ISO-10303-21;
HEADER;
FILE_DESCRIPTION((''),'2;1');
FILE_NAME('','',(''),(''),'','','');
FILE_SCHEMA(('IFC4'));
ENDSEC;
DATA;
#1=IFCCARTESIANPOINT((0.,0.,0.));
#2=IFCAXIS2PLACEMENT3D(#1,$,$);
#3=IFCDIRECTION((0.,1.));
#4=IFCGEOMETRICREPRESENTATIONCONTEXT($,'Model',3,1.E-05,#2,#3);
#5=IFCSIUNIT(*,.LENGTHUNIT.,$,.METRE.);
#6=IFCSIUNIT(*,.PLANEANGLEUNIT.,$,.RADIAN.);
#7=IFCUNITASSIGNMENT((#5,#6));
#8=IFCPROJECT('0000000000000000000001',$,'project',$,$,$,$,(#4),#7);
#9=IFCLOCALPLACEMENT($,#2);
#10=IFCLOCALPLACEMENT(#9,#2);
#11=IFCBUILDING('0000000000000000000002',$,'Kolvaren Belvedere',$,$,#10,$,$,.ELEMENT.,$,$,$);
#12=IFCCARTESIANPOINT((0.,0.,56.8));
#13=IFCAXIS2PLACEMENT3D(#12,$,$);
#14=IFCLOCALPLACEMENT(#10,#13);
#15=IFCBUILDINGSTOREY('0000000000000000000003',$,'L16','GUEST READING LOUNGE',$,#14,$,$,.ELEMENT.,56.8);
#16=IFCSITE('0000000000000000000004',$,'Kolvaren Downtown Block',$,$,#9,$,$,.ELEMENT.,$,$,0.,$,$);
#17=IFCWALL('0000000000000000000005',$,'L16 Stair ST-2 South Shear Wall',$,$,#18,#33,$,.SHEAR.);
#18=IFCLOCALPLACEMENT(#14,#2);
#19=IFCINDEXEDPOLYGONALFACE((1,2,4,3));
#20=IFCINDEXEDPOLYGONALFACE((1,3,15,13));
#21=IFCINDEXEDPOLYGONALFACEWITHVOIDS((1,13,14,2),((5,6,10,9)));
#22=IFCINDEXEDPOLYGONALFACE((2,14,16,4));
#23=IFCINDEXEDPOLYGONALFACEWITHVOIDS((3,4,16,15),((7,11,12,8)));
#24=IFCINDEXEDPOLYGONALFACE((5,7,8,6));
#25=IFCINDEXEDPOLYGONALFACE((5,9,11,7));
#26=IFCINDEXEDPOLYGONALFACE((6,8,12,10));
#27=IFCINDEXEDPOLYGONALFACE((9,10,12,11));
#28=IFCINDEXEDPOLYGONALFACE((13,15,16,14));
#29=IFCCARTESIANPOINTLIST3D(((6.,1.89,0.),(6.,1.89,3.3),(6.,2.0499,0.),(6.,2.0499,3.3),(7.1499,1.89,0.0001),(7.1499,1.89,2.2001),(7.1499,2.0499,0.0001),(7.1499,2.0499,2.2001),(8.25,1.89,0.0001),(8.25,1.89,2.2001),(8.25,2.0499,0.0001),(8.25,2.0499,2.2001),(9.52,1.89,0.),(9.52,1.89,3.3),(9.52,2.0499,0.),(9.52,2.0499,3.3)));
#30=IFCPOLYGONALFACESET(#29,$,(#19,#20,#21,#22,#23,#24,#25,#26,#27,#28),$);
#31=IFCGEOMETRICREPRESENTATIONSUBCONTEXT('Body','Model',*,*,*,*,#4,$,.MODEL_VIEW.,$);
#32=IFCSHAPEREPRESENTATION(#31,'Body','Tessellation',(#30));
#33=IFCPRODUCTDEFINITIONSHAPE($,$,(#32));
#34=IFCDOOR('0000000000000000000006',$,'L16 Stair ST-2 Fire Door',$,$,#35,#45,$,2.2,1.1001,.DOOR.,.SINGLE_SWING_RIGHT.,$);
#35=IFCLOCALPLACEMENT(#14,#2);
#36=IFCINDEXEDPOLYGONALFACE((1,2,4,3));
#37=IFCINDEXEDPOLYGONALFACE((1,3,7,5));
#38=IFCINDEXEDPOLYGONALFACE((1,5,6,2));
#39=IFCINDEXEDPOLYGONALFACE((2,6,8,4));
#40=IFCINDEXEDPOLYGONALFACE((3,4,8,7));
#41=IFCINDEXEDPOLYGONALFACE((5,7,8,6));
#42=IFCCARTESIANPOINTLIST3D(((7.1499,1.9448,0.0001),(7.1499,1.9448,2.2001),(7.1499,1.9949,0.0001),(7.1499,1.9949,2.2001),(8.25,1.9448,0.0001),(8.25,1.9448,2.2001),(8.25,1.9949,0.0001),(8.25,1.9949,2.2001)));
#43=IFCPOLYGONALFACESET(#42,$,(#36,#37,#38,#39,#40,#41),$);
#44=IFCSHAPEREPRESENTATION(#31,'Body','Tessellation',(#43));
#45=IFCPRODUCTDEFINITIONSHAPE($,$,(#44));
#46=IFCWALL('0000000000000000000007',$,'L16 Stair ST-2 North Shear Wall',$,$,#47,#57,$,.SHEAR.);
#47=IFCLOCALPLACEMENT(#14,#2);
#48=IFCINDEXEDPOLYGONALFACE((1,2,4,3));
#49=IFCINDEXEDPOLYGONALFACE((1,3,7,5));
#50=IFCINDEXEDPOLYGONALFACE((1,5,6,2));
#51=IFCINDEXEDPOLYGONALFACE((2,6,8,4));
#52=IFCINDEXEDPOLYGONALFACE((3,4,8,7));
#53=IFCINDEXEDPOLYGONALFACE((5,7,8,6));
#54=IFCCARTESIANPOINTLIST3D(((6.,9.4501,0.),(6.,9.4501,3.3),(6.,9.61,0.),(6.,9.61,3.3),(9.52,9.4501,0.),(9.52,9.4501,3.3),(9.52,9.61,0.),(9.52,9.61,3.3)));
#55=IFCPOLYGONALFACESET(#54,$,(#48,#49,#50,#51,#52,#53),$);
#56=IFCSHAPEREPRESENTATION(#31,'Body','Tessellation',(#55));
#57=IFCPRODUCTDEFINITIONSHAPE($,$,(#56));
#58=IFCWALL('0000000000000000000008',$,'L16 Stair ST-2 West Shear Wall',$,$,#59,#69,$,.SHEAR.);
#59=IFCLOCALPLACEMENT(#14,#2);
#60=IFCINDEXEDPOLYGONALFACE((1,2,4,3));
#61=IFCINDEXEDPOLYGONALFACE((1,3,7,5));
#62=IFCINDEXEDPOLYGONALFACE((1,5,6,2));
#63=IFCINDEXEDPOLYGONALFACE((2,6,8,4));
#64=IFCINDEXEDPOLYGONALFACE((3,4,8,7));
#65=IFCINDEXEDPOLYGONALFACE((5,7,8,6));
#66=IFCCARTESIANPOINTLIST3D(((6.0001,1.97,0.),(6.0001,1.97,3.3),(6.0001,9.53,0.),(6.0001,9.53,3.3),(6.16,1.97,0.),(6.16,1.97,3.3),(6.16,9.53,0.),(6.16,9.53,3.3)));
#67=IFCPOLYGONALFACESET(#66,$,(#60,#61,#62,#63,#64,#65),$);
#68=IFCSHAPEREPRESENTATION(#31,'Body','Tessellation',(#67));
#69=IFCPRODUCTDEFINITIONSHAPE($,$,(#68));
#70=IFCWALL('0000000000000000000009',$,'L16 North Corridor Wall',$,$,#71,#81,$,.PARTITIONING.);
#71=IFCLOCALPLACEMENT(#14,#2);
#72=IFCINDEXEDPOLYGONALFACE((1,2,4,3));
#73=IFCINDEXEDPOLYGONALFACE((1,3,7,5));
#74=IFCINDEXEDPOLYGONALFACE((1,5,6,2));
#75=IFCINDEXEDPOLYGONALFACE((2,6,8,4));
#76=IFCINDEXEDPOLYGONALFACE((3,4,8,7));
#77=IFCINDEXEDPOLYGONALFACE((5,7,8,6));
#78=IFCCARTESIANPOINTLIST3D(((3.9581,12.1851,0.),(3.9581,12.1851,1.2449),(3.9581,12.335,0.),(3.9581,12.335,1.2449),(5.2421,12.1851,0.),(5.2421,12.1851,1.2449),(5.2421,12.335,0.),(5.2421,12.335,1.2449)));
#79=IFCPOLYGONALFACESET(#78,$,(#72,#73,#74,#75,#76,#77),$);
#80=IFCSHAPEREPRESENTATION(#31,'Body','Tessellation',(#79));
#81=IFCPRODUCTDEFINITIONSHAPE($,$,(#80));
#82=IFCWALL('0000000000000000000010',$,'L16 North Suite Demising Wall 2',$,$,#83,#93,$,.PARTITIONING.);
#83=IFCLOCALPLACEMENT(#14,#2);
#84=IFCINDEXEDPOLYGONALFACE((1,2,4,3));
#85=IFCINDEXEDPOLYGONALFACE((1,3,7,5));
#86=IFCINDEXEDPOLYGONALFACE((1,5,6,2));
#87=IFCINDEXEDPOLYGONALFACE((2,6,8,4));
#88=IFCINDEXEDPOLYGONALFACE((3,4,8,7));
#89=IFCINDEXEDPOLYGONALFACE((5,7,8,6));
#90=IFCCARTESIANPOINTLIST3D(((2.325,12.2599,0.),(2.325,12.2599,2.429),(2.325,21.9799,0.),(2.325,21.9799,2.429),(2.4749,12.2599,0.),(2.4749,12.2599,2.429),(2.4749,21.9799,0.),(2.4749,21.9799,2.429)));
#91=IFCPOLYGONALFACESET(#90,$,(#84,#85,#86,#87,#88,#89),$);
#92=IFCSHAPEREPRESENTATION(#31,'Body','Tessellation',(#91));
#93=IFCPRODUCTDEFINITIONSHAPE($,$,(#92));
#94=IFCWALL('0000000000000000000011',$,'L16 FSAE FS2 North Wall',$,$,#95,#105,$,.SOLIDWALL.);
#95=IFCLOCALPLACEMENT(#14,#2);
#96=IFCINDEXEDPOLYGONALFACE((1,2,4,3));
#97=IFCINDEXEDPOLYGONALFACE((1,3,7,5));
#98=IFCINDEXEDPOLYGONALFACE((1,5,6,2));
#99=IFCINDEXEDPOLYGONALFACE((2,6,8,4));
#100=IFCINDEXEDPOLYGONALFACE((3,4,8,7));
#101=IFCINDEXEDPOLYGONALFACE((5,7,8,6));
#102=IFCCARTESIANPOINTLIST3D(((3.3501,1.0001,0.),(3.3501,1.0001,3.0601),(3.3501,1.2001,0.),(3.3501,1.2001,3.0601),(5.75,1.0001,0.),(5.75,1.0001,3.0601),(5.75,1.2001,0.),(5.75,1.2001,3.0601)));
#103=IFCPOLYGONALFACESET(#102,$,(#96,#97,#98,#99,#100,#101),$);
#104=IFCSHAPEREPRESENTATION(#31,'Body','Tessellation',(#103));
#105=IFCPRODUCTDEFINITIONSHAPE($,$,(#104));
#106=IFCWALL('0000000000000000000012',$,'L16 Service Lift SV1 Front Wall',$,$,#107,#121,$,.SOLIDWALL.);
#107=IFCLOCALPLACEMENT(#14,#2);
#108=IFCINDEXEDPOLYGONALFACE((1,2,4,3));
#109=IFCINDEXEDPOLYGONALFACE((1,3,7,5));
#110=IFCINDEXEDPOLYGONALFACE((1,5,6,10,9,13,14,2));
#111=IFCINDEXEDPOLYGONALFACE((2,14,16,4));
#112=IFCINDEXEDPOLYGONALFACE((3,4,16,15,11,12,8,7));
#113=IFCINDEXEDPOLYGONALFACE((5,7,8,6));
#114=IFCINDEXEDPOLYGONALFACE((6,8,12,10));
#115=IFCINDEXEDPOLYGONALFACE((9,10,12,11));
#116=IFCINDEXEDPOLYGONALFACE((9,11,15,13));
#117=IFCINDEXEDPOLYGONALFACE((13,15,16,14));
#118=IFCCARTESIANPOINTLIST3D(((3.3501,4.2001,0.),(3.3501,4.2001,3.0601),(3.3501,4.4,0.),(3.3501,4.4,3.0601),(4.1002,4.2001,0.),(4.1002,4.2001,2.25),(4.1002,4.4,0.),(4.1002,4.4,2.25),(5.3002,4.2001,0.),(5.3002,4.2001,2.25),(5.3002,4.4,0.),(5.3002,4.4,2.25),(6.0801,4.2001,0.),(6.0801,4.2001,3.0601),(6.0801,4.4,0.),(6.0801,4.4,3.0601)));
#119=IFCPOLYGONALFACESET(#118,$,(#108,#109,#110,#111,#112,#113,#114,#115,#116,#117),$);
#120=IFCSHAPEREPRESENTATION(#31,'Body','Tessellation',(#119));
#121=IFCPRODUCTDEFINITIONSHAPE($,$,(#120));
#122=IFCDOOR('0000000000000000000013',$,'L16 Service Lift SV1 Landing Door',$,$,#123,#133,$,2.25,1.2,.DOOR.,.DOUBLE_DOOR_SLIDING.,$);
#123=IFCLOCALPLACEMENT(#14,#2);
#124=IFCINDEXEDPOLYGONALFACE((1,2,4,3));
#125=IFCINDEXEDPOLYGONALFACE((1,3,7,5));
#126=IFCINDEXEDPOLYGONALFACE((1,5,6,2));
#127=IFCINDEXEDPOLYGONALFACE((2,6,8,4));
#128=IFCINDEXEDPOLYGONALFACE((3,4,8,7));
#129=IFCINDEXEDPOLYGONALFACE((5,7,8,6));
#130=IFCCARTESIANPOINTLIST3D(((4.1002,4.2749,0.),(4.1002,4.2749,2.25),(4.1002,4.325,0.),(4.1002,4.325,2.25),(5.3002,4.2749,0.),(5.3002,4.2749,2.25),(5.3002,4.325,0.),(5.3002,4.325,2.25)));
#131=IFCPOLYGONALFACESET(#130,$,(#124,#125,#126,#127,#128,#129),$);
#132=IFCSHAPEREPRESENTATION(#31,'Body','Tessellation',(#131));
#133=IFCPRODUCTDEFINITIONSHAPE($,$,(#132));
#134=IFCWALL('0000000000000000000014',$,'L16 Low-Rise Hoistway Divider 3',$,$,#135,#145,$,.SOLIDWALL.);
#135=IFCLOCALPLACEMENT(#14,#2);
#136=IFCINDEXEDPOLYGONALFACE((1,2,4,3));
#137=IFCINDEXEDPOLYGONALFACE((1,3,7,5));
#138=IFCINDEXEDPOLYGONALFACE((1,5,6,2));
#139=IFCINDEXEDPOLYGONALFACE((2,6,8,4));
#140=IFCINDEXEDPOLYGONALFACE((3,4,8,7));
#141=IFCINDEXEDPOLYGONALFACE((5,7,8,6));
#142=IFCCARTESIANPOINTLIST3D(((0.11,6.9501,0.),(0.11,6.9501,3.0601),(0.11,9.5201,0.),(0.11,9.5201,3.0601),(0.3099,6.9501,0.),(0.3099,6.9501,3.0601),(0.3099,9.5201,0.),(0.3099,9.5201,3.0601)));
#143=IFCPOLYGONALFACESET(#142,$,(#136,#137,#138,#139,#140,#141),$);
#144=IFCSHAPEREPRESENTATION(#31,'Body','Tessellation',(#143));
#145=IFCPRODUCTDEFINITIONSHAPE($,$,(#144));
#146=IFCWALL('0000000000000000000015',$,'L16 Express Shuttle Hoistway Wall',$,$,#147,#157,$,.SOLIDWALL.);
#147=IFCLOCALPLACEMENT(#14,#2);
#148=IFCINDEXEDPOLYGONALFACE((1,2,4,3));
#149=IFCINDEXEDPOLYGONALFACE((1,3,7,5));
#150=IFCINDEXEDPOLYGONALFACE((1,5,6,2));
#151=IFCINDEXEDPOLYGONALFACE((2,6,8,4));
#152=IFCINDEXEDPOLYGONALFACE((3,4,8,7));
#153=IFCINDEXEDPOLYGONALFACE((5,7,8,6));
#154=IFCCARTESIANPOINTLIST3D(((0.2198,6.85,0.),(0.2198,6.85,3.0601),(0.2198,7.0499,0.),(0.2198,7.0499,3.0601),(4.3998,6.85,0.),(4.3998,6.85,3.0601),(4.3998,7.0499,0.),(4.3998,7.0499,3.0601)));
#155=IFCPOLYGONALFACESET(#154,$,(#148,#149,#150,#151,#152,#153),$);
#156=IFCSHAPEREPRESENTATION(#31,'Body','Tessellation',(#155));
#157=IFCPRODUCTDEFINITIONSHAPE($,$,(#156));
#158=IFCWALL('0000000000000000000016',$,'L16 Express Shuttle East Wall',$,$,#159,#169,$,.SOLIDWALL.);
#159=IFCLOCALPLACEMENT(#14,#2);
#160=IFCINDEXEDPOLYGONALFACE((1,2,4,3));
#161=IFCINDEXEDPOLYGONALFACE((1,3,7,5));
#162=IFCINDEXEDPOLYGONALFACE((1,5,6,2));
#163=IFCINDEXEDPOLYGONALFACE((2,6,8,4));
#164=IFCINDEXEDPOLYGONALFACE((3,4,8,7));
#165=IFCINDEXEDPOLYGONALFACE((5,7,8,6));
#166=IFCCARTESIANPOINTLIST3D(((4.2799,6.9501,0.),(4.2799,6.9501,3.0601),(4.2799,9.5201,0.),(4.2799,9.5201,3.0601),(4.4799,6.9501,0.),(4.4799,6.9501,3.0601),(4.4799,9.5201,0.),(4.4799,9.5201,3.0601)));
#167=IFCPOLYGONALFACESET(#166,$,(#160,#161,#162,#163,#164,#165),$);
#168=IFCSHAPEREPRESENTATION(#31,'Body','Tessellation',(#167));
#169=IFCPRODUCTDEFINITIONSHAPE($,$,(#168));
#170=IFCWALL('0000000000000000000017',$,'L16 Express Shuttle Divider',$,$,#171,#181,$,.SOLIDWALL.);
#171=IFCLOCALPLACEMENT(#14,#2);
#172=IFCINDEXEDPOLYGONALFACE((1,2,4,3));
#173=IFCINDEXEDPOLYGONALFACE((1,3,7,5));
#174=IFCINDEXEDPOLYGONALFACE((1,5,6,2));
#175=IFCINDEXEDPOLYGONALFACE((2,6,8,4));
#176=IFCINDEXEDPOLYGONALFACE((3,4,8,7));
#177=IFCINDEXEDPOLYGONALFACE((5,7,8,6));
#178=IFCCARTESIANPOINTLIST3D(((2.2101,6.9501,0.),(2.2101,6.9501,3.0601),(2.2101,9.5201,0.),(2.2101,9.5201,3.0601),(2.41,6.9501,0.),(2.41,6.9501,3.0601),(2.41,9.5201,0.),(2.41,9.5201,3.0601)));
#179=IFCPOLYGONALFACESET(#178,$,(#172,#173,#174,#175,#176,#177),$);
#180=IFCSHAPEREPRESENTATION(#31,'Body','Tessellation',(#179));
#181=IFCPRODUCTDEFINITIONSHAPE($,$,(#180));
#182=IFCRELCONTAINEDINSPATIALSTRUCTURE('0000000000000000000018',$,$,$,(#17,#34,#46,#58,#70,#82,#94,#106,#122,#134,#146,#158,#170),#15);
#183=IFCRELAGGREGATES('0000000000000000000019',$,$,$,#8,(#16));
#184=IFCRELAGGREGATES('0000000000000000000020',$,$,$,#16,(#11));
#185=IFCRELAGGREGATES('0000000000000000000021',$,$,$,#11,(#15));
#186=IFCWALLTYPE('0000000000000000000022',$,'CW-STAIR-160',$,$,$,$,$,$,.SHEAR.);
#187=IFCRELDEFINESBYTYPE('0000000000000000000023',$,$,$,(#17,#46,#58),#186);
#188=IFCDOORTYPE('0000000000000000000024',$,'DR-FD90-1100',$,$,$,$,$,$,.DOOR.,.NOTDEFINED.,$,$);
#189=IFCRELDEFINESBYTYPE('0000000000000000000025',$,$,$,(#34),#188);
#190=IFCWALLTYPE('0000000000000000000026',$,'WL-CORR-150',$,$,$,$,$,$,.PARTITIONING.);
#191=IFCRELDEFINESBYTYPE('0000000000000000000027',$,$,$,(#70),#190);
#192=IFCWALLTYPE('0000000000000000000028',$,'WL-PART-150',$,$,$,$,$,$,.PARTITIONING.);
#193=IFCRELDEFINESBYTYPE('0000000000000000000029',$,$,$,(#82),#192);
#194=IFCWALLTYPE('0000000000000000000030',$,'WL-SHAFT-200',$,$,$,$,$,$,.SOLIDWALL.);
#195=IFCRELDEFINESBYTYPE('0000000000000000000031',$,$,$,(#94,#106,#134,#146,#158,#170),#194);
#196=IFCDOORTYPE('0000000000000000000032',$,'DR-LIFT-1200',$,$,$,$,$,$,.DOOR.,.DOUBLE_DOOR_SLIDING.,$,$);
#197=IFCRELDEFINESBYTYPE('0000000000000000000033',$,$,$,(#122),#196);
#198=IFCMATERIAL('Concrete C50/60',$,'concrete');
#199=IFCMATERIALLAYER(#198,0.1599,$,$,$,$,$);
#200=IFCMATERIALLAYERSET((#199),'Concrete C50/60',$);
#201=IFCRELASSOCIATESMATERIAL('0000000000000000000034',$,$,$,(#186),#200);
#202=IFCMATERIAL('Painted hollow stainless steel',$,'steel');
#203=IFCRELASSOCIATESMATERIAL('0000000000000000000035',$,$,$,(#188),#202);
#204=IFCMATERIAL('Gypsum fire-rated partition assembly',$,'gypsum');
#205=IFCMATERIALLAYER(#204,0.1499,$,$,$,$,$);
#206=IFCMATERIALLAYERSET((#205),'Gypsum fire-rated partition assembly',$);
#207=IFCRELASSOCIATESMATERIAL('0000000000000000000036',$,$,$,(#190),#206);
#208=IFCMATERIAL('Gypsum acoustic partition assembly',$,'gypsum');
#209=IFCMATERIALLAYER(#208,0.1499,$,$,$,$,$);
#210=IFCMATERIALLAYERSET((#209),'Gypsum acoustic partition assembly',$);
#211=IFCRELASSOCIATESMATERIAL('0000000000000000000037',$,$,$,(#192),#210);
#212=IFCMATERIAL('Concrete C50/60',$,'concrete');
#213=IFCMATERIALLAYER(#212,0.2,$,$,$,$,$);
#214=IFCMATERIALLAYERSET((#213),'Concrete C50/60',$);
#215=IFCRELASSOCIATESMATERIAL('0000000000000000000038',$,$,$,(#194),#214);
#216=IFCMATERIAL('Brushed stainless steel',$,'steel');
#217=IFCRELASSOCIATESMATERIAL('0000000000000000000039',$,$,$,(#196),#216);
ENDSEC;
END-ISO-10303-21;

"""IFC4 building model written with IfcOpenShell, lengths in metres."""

from ifc_helpers import new_model, si_unit, direction, frame, frame_2d, origin, place, context, subcontext, project, spatial, rectangle, extrude, material, layer, layer_set, type_object, element, fill, save


model = new_model("IFC4")

# Units and contexts
model_context = context("Model", 3, precision=1e-05, world=origin(), true_north=direction((0.0, 1.0)))
body_context = subcontext(model_context, "Body", "Model", "MODEL_VIEW")
ifc_project = project(units=[si_unit("LENGTHUNIT", "METRE"), si_unit("PLANEANGLEUNIT", "RADIAN")], contexts=[model_context])

# Site, building, storey
site_placement = place(None, origin())
site = spatial("IfcSite", under=ifc_project, at=site_placement, Name="Kolvaren Downtown Block", CompositionType="ELEMENT", RefElevation=0.0)
building_placement = place(site_placement, origin())
building = spatial("IfcBuilding", under=site, at=building_placement, Name="Kolvaren Belvedere", CompositionType="ELEMENT")
storey_placement = place(building_placement, frame((0.0, 0.0, 56.8)))
storey = spatial("IfcBuildingStorey", under=building, at=storey_placement, Name="L16", Description="GUEST READING LOUNGE", CompositionType="ELEMENT", Elevation=56.8)

# Wall, opening, door
ifc_material_1 = material(Name="Concrete C50/60", Category="concrete")
ifc_layer_1 = layer(ifc_material_1, 0.1599)
ifc_layer_set_1 = layer_set([ifc_layer_1], Name="Concrete C50/60")
wall_type_1 = type_object("IfcWallType", Name="CW-STAIR-160", PredefinedType="SHEAR", material=ifc_layer_set_1)
wall_1_placement = place(storey_placement, frame((6.0, 1.97, 0.0), z_axis=(0.0, 0.0, 1.0), x_axis=(1.0, 0.0, 0.0)))
wall_1 = element("IfcWall", 1, at=wall_1_placement, inside=storey, type_object=wall_type_1, Name="L16 Stair ST-2 South Shear Wall", PredefinedType="SHEAR", context=body_context, shape_type="SweptSolid", body=[
    extrude(rectangle(XDim=3.52, YDim=0.1599, at=frame_2d((1.76, 0.0))), origin(), (0.0, 0.0, 1.0), 3.3),
])
opening_1_placement = place(wall_1_placement, frame((1.1499, 0.0, 0.0)))
opening_1 = element("IfcOpeningElement", 2, at=opening_1_placement, cuts=wall_1, PredefinedType="OPENING", context=body_context, shape_type="SweptSolid", body=[
    extrude(rectangle(XDim=1.1001, YDim=2.2, at=frame_2d((0.55, 1.1001))), frame((0.0, 0.0898, 0.0), z_axis=(0.0, -1.0, 0.0), x_axis=(1.0, 0.0, 0.0)), (0.0, 0.0, 1.0), 0.1799),
])
ifc_material_2 = material(Name="Painted hollow stainless steel", Category="steel")
door_type_1 = type_object("IfcDoorType", Name="DR-FD90-1100", OperationType="NOTDEFINED", PredefinedType="DOOR", material=ifc_material_2)
door_1_placement = place(opening_1_placement, origin())
door_1 = element("IfcDoor", 3, at=door_1_placement, inside=storey, type_object=door_type_1, Name="L16 Stair ST-2 Fire Door", OperationType="SINGLE_SWING_RIGHT", OverallHeight=2.2, OverallWidth=1.1001, PredefinedType="DOOR", context=body_context, shape_type="SweptSolid", body=[
    extrude(rectangle(XDim=1.1001, YDim=2.2, at=frame_2d((0.55, 1.1001))), frame((0.0, 0.0249, 0.0), z_axis=(0.0, -1.0, 0.0), x_axis=(1.0, 0.0, 0.0)), (0.0, 0.0, 1.0), 0.05),
])
fill(opening_1, door_1)

# Walls
wall_2_placement = place(storey_placement, frame((6.0, 9.53, 0.0), z_axis=(0.0, 0.0, 1.0), x_axis=(1.0, 0.0, 0.0)))
element("IfcWall", 4, at=wall_2_placement, inside=storey, type_object=wall_type_1, Name="L16 Stair ST-2 North Shear Wall", PredefinedType="SHEAR", context=body_context, shape_type="SweptSolid", body=[
    extrude(rectangle(XDim=3.52, YDim=0.1599, at=frame_2d((1.76, 0.0))), origin(), (0.0, 0.0, 1.0), 3.3),
])
wall_3_placement = place(storey_placement, frame((6.0801, 1.97, 0.0), z_axis=(0.0, 0.0, 1.0), x_axis=(0.0, 1.0, 0.0)))
element("IfcWall", 5, at=wall_3_placement, inside=storey, type_object=wall_type_1, Name="L16 Stair ST-2 West Shear Wall", PredefinedType="SHEAR", context=body_context, shape_type="SweptSolid", body=[
    extrude(rectangle(XDim=7.5601, YDim=0.1599, at=frame_2d((3.78, 0.0))), origin(), (0.0, 0.0, 1.0), 3.3),
])
ifc_material_3 = material(Name="Gypsum fire-rated partition assembly", Category="gypsum")
ifc_layer_2 = layer(ifc_material_3, 0.1499)
ifc_layer_set_2 = layer_set([ifc_layer_2], Name="Gypsum fire-rated partition assembly")
wall_type_2 = type_object("IfcWallType", Name="WL-CORR-150", PredefinedType="PARTITIONING", material=ifc_layer_set_2)
wall_4_placement = place(storey_placement, frame((3.958, 12.26, 0.0), z_axis=(0.0, 0.0, 1.0), x_axis=(1.0, 0.0, 0.0)))
element("IfcWall", 6, at=wall_4_placement, inside=storey, type_object=wall_type_2, Name="L16 North Corridor Wall", PredefinedType="PARTITIONING", context=body_context, shape_type="SweptSolid", body=[
    extrude(rectangle(XDim=1.2839, YDim=0.1499, at=frame_2d((0.6421, 0.0))), origin(), (0.0, 0.0, 1.0), 1.2449),
])
ifc_material_4 = material(Name="Gypsum acoustic partition assembly", Category="gypsum")
ifc_layer_3 = layer(ifc_material_4, 0.1499)
ifc_layer_set_3 = layer_set([ifc_layer_3], Name="Gypsum acoustic partition assembly")
wall_type_3 = type_object("IfcWallType", Name="WL-PART-150", PredefinedType="PARTITIONING", material=ifc_layer_set_3)
wall_5_placement = place(storey_placement, frame((2.3999, 12.26, 0.0), z_axis=(0.0, 0.0, 1.0), x_axis=(0.0, 1.0, 0.0)))
element("IfcWall", 7, at=wall_5_placement, inside=storey, type_object=wall_type_3, Name="L16 North Suite Demising Wall 2", PredefinedType="PARTITIONING", context=body_context, shape_type="SweptSolid", body=[
    extrude(rectangle(XDim=9.72, YDim=0.1499, at=frame_2d((4.8599, 0.0))), origin(), (0.0, 0.0, 1.0), 2.429),
])
ifc_material_5 = material(Name="Concrete C50/60", Category="concrete")
ifc_layer_4 = layer(ifc_material_5, 0.2)
ifc_layer_set_4 = layer_set([ifc_layer_4], Name="Concrete C50/60")
wall_type_4 = type_object("IfcWallType", Name="WL-SHAFT-200", PredefinedType="SOLIDWALL", material=ifc_layer_set_4)
wall_6_placement = place(storey_placement, frame((3.3501, 1.1001, 0.0), z_axis=(0.0, 0.0, 1.0), x_axis=(1.0, 0.0, 0.0)))
element("IfcWall", 8, at=wall_6_placement, inside=storey, type_object=wall_type_4, Name="L16 FSAE FS2 North Wall", PredefinedType="SOLIDWALL", context=body_context, shape_type="SweptSolid", body=[
    extrude(rectangle(XDim=2.3999, YDim=0.2, at=frame_2d((1.2, 0.0))), origin(), (0.0, 0.0, 1.0), 3.0601),
])

# Wall, opening, door
wall_7_placement = place(storey_placement, frame((3.3501, 4.3, 0.0), z_axis=(0.0, 0.0, 1.0), x_axis=(1.0, 0.0, 0.0)))
wall_7 = element("IfcWall", 9, at=wall_7_placement, inside=storey, type_object=wall_type_4, Name="L16 Service Lift SV1 Front Wall", PredefinedType="SOLIDWALL", context=body_context, shape_type="SweptSolid", body=[
    extrude(rectangle(XDim=2.73, YDim=0.2, at=frame_2d((1.365, 0.0))), origin(), (0.0, 0.0, 1.0), 3.0601),
])
opening_2_placement = place(wall_7_placement, frame((0.75, 0.0, 0.0)))
opening_2 = element("IfcOpeningElement", 10, at=opening_2_placement, cuts=wall_7, PredefinedType="OPENING", context=body_context, shape_type="SweptSolid", body=[
    extrude(rectangle(XDim=1.2, YDim=2.25, at=frame_2d((0.6001, 1.125))), frame((0.0, 0.1099, 0.0), z_axis=(0.0, -1.0, 0.0), x_axis=(1.0, 0.0, 0.0)), (0.0, 0.0, 1.0), 0.22),
])
ifc_material_6 = material(Name="Brushed stainless steel", Category="steel")
door_type_2 = type_object("IfcDoorType", Name="DR-LIFT-1200", OperationType="DOUBLE_DOOR_SLIDING", PredefinedType="DOOR", material=ifc_material_6)
door_2_placement = place(opening_2_placement, origin())
door_2 = element("IfcDoor", 11, at=door_2_placement, inside=storey, type_object=door_type_2, Name="L16 Service Lift SV1 Landing Door", OperationType="DOUBLE_DOOR_SLIDING", OverallHeight=2.25, OverallWidth=1.2, PredefinedType="DOOR", context=body_context, shape_type="SweptSolid", body=[
    extrude(rectangle(XDim=1.2, YDim=2.25, at=frame_2d((0.6001, 1.125))), frame((0.0, 0.0249, 0.0), z_axis=(0.0, -1.0, 0.0), x_axis=(1.0, 0.0, 0.0)), (0.0, 0.0, 1.0), 0.05),
])
fill(opening_2, door_2)

# Walls
wall_8_placement = place(storey_placement, frame((0.21, 6.95, 0.0), z_axis=(0.0, 0.0, 1.0), x_axis=(0.0, 1.0, 0.0)))
element("IfcWall", 12, at=wall_8_placement, inside=storey, type_object=wall_type_4, Name="L16 Low-Rise Hoistway Divider 3", PredefinedType="SOLIDWALL", context=body_context, shape_type="SweptSolid", body=[
    extrude(rectangle(XDim=2.5701, YDim=0.2, at=frame_2d((1.2852, 0.0))), origin(), (0.0, 0.0, 1.0), 3.0601),
])
wall_9_placement = place(storey_placement, frame((0.22, 6.95, 0.0), z_axis=(0.0, 0.0, 1.0), x_axis=(1.0, 0.0, 0.0)))
element("IfcWall", 13, at=wall_9_placement, inside=storey, type_object=wall_type_4, Name="L16 Express Shuttle Hoistway Wall", PredefinedType="SOLIDWALL", context=body_context, shape_type="SweptSolid", body=[
    extrude(rectangle(XDim=4.1799, YDim=0.2, at=frame_2d((2.0898, 0.0))), origin(), (0.0, 0.0, 1.0), 3.0601),
])
for number, where, z_axis, x_axis, name in (
    (14, (4.3799, 6.95, 0.0), (0.0, 0.0, 1.0), (0.0, 1.0, 0.0), "L16 Express Shuttle East Wall"),
    (15, (2.3101, 6.95, 0.0), (0.0, 0.0, 1.0), (0.0, 1.0, 0.0), "L16 Express Shuttle Divider"),
):
    element("IfcWall", number, at=place(storey_placement, frame(where, z_axis=z_axis, x_axis=x_axis)), inside=storey, type_object=wall_type_4, Name=name, PredefinedType="SOLIDWALL", context=body_context, shape_type="SweptSolid", body=[
        extrude(rectangle(XDim=2.5701, YDim=0.2, at=frame_2d((1.2852, 0.0))), origin(), (0.0, 0.0, 1.0), 3.0601),
    ])

save(model, "model.ifc")
